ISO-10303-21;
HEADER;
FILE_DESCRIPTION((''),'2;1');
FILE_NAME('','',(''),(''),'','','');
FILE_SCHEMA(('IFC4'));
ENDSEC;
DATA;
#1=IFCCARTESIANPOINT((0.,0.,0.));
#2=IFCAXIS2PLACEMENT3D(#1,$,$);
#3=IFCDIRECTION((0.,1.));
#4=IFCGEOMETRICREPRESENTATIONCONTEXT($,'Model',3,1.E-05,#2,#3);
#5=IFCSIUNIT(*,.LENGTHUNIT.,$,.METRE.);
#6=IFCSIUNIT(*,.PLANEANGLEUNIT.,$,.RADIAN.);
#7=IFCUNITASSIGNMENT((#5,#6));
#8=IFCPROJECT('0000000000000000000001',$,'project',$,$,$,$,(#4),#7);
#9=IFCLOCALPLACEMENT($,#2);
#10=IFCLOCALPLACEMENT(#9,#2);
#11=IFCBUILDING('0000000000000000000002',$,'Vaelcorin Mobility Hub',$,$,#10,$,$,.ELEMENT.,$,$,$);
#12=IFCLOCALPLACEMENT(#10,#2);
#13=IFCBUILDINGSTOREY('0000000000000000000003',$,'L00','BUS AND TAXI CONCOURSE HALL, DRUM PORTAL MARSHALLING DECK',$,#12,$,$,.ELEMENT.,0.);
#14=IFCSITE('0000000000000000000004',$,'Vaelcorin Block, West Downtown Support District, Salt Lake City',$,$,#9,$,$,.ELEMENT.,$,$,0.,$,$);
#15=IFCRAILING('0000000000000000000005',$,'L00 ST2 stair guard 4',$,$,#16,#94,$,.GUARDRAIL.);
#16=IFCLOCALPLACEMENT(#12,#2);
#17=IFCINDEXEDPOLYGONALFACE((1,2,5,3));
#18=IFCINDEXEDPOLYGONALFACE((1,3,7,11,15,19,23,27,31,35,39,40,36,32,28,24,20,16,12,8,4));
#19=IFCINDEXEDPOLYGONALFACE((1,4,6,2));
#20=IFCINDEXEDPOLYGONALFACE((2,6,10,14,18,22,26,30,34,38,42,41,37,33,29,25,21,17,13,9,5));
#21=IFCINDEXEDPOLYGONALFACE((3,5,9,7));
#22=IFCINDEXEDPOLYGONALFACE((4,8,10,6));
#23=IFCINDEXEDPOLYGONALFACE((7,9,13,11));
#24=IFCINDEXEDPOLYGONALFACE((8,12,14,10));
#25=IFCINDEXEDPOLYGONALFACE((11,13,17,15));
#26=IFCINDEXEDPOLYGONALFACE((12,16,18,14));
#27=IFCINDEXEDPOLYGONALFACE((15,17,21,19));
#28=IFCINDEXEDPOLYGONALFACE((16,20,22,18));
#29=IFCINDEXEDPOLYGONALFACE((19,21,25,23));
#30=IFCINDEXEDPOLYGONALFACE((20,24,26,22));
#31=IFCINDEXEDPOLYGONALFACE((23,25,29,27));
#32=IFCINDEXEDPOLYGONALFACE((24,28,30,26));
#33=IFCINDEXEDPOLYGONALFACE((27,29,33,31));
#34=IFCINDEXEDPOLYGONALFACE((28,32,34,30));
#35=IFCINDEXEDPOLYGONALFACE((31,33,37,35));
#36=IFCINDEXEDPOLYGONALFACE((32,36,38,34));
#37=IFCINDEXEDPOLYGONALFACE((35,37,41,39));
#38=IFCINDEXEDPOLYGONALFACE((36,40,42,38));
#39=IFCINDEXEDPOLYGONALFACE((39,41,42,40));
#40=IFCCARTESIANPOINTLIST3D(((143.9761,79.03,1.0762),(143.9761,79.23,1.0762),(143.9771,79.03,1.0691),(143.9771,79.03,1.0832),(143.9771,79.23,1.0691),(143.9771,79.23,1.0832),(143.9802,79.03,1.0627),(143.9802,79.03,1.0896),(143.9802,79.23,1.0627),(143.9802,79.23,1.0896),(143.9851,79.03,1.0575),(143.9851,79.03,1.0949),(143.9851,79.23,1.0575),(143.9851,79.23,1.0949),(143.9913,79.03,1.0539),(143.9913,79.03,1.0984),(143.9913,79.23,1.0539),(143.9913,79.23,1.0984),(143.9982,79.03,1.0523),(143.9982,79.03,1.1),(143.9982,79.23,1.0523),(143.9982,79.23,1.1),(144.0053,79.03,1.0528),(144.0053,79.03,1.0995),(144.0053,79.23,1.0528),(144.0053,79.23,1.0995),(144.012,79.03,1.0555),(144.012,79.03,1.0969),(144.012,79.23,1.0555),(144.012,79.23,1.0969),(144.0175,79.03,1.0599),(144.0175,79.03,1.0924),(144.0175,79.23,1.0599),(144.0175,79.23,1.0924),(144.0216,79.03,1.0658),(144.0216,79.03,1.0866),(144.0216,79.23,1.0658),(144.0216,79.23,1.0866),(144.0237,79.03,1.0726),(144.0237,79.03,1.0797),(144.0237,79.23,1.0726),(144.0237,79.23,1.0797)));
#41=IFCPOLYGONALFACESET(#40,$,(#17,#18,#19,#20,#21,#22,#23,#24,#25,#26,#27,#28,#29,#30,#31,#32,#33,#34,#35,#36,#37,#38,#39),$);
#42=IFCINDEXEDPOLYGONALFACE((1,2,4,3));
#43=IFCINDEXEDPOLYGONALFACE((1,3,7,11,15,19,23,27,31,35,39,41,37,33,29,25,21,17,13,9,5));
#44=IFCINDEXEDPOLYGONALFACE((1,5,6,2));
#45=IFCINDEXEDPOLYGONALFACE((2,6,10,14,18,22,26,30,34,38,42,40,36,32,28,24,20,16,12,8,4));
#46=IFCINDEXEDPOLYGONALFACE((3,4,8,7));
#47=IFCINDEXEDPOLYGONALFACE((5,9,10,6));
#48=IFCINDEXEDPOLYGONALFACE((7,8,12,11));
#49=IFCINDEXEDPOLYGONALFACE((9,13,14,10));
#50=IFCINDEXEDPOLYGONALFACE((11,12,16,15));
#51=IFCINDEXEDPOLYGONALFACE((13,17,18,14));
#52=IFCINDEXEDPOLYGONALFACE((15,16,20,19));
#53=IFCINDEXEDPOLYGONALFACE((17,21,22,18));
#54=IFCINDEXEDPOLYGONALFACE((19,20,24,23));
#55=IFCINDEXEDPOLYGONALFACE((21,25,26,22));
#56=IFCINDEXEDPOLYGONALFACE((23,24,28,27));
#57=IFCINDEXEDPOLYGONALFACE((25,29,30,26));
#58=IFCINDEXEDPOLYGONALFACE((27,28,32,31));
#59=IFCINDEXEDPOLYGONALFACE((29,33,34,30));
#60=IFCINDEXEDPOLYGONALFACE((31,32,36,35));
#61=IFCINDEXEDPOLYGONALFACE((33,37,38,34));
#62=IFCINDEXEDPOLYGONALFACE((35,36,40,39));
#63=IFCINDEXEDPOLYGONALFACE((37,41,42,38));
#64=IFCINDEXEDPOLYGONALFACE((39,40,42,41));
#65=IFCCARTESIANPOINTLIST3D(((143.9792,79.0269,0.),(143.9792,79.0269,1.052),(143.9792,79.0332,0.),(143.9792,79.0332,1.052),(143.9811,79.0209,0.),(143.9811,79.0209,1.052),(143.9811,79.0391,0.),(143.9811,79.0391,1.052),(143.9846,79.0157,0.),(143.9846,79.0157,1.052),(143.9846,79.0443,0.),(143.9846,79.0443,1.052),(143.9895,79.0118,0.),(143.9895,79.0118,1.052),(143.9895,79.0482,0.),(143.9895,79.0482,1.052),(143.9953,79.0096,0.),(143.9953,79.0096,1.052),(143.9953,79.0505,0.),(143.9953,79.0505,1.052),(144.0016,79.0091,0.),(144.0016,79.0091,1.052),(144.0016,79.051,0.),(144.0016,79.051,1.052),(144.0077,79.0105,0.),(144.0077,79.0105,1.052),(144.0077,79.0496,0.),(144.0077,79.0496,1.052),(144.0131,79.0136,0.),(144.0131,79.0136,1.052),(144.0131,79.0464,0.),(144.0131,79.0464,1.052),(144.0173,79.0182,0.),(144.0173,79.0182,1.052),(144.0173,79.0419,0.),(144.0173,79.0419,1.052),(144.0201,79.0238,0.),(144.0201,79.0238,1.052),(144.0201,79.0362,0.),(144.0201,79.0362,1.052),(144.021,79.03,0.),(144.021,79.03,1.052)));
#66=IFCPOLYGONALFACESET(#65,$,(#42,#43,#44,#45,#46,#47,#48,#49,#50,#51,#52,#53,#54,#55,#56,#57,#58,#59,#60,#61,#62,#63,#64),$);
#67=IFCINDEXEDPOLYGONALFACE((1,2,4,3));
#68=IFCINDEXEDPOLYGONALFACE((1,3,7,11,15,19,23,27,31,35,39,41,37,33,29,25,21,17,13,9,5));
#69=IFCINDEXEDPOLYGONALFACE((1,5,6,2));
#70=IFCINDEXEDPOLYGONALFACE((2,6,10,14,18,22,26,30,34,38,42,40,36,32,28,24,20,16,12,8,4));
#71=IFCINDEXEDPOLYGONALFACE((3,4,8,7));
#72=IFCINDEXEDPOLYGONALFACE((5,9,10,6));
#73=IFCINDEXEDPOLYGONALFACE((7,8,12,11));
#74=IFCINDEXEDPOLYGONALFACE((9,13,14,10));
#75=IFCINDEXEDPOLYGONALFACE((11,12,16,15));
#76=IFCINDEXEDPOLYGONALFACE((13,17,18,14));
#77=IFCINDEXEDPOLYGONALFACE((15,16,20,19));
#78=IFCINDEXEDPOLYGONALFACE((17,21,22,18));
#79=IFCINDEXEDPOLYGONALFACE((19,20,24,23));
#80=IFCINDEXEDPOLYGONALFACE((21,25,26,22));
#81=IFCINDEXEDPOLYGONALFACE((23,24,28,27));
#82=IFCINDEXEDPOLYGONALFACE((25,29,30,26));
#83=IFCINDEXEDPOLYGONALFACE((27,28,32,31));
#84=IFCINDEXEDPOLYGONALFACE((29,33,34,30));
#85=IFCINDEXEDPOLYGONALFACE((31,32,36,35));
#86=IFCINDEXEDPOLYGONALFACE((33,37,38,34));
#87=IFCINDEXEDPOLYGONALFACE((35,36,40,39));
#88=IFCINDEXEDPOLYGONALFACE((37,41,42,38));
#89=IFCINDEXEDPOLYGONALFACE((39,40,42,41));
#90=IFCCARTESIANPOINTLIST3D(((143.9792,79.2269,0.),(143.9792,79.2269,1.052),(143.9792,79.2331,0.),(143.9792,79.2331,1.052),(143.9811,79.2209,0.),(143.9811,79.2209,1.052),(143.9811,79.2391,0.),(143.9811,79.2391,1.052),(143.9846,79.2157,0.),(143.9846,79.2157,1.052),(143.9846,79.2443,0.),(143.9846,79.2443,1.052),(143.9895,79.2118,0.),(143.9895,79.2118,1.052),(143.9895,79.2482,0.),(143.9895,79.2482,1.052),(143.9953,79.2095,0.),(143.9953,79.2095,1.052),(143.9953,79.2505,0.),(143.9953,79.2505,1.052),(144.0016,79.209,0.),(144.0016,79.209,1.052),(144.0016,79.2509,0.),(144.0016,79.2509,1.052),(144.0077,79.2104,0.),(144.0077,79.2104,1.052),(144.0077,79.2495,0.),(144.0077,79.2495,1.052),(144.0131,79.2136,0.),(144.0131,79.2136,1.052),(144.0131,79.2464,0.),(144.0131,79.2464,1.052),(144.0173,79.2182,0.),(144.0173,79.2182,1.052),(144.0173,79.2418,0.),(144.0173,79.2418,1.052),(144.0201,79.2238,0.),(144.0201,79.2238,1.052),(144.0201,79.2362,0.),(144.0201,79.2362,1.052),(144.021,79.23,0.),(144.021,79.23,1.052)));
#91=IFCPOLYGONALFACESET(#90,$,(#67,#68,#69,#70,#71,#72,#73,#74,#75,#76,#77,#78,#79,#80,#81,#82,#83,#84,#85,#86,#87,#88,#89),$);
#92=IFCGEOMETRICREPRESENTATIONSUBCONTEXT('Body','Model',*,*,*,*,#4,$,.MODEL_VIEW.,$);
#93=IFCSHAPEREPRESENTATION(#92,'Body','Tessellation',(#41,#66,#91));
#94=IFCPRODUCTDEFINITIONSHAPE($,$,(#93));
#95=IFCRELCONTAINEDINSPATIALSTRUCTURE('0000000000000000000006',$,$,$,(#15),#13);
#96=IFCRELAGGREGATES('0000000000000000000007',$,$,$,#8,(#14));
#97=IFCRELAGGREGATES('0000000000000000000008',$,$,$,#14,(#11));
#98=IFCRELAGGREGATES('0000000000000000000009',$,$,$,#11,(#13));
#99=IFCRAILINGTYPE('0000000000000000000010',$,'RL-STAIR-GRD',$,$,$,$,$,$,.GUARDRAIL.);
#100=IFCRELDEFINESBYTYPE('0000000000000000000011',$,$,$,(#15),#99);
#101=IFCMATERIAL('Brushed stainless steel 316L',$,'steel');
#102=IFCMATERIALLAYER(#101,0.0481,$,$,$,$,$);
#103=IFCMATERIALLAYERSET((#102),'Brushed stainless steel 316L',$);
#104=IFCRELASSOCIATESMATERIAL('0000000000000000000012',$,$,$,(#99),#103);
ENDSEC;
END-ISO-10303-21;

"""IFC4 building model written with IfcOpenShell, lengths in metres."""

from ifc_helpers import new_model, si_unit, direction, frame, origin, origin_2d, place, context, subcontext, project, spatial, circle, extrude, material, layer, layer_set, type_object, element, save


model = new_model("IFC4")

# Units and contexts
model_context = context("Model", 3, precision=1e-05, world=origin(), true_north=direction((0.0, 1.0)))
body_context = subcontext(model_context, "Body", "Model", "MODEL_VIEW")
ifc_project = project(units=[si_unit("LENGTHUNIT", "METRE"), si_unit("PLANEANGLEUNIT", "RADIAN")], contexts=[model_context])

# Site, building, storey
site_placement = place(None, origin())
site = spatial("IfcSite", under=ifc_project, at=site_placement, Name="Vaelcorin Block, West Downtown Support District, Salt Lake City", CompositionType="ELEMENT", RefElevation=0.0)
building_placement = place(site_placement, origin())
building = spatial("IfcBuilding", under=site, at=building_placement, Name="Vaelcorin Mobility Hub", CompositionType="ELEMENT")
storey_placement = place(building_placement, origin())
storey = spatial("IfcBuildingStorey", under=building, at=storey_placement, Name="L00", Description="BUS AND TAXI CONCOURSE HALL, DRUM PORTAL MARSHALLING DECK", CompositionType="ELEMENT", Elevation=0.0)

# Railing
ifc_material_1 = material(Name="Brushed stainless steel 316L", Category="steel")
ifc_layer_1 = layer(ifc_material_1, 0.0481)
ifc_layer_set_1 = layer_set([ifc_layer_1], Name="Brushed stainless steel 316L")
railing_type_1 = type_object("IfcRailingType", Name="RL-STAIR-GRD", PredefinedType="GUARDRAIL", material=ifc_layer_set_1)
railing_1_placement = place(storey_placement, frame((144.0, 79.03, 0.0)))
element("IfcRailing", 1, at=railing_1_placement, inside=storey, type_object=railing_type_1, Name="L00 ST2 stair guard 4", PredefinedType="GUARDRAIL", context=body_context, shape_type="SweptSolid", body=[
    extrude(circle(Radius=0.0239, at=origin_2d()), frame((0.0, 0.0, 1.0762), z_axis=(0.0, 1.0, 0.0), x_axis=(-1.0, 0.0, 0.0)), (0.0, 0.0, 1.0), 0.2),
    extrude(circle(Radius=0.021, at=origin_2d()), origin(), (0.0, 0.0, 1.0), 1.052),
    extrude(circle(Radius=0.021, at=origin_2d()), frame((0.0, 0.2, 0.0)), (0.0, 0.0, 1.0), 1.052),
])

save(model, "model.ifc")
